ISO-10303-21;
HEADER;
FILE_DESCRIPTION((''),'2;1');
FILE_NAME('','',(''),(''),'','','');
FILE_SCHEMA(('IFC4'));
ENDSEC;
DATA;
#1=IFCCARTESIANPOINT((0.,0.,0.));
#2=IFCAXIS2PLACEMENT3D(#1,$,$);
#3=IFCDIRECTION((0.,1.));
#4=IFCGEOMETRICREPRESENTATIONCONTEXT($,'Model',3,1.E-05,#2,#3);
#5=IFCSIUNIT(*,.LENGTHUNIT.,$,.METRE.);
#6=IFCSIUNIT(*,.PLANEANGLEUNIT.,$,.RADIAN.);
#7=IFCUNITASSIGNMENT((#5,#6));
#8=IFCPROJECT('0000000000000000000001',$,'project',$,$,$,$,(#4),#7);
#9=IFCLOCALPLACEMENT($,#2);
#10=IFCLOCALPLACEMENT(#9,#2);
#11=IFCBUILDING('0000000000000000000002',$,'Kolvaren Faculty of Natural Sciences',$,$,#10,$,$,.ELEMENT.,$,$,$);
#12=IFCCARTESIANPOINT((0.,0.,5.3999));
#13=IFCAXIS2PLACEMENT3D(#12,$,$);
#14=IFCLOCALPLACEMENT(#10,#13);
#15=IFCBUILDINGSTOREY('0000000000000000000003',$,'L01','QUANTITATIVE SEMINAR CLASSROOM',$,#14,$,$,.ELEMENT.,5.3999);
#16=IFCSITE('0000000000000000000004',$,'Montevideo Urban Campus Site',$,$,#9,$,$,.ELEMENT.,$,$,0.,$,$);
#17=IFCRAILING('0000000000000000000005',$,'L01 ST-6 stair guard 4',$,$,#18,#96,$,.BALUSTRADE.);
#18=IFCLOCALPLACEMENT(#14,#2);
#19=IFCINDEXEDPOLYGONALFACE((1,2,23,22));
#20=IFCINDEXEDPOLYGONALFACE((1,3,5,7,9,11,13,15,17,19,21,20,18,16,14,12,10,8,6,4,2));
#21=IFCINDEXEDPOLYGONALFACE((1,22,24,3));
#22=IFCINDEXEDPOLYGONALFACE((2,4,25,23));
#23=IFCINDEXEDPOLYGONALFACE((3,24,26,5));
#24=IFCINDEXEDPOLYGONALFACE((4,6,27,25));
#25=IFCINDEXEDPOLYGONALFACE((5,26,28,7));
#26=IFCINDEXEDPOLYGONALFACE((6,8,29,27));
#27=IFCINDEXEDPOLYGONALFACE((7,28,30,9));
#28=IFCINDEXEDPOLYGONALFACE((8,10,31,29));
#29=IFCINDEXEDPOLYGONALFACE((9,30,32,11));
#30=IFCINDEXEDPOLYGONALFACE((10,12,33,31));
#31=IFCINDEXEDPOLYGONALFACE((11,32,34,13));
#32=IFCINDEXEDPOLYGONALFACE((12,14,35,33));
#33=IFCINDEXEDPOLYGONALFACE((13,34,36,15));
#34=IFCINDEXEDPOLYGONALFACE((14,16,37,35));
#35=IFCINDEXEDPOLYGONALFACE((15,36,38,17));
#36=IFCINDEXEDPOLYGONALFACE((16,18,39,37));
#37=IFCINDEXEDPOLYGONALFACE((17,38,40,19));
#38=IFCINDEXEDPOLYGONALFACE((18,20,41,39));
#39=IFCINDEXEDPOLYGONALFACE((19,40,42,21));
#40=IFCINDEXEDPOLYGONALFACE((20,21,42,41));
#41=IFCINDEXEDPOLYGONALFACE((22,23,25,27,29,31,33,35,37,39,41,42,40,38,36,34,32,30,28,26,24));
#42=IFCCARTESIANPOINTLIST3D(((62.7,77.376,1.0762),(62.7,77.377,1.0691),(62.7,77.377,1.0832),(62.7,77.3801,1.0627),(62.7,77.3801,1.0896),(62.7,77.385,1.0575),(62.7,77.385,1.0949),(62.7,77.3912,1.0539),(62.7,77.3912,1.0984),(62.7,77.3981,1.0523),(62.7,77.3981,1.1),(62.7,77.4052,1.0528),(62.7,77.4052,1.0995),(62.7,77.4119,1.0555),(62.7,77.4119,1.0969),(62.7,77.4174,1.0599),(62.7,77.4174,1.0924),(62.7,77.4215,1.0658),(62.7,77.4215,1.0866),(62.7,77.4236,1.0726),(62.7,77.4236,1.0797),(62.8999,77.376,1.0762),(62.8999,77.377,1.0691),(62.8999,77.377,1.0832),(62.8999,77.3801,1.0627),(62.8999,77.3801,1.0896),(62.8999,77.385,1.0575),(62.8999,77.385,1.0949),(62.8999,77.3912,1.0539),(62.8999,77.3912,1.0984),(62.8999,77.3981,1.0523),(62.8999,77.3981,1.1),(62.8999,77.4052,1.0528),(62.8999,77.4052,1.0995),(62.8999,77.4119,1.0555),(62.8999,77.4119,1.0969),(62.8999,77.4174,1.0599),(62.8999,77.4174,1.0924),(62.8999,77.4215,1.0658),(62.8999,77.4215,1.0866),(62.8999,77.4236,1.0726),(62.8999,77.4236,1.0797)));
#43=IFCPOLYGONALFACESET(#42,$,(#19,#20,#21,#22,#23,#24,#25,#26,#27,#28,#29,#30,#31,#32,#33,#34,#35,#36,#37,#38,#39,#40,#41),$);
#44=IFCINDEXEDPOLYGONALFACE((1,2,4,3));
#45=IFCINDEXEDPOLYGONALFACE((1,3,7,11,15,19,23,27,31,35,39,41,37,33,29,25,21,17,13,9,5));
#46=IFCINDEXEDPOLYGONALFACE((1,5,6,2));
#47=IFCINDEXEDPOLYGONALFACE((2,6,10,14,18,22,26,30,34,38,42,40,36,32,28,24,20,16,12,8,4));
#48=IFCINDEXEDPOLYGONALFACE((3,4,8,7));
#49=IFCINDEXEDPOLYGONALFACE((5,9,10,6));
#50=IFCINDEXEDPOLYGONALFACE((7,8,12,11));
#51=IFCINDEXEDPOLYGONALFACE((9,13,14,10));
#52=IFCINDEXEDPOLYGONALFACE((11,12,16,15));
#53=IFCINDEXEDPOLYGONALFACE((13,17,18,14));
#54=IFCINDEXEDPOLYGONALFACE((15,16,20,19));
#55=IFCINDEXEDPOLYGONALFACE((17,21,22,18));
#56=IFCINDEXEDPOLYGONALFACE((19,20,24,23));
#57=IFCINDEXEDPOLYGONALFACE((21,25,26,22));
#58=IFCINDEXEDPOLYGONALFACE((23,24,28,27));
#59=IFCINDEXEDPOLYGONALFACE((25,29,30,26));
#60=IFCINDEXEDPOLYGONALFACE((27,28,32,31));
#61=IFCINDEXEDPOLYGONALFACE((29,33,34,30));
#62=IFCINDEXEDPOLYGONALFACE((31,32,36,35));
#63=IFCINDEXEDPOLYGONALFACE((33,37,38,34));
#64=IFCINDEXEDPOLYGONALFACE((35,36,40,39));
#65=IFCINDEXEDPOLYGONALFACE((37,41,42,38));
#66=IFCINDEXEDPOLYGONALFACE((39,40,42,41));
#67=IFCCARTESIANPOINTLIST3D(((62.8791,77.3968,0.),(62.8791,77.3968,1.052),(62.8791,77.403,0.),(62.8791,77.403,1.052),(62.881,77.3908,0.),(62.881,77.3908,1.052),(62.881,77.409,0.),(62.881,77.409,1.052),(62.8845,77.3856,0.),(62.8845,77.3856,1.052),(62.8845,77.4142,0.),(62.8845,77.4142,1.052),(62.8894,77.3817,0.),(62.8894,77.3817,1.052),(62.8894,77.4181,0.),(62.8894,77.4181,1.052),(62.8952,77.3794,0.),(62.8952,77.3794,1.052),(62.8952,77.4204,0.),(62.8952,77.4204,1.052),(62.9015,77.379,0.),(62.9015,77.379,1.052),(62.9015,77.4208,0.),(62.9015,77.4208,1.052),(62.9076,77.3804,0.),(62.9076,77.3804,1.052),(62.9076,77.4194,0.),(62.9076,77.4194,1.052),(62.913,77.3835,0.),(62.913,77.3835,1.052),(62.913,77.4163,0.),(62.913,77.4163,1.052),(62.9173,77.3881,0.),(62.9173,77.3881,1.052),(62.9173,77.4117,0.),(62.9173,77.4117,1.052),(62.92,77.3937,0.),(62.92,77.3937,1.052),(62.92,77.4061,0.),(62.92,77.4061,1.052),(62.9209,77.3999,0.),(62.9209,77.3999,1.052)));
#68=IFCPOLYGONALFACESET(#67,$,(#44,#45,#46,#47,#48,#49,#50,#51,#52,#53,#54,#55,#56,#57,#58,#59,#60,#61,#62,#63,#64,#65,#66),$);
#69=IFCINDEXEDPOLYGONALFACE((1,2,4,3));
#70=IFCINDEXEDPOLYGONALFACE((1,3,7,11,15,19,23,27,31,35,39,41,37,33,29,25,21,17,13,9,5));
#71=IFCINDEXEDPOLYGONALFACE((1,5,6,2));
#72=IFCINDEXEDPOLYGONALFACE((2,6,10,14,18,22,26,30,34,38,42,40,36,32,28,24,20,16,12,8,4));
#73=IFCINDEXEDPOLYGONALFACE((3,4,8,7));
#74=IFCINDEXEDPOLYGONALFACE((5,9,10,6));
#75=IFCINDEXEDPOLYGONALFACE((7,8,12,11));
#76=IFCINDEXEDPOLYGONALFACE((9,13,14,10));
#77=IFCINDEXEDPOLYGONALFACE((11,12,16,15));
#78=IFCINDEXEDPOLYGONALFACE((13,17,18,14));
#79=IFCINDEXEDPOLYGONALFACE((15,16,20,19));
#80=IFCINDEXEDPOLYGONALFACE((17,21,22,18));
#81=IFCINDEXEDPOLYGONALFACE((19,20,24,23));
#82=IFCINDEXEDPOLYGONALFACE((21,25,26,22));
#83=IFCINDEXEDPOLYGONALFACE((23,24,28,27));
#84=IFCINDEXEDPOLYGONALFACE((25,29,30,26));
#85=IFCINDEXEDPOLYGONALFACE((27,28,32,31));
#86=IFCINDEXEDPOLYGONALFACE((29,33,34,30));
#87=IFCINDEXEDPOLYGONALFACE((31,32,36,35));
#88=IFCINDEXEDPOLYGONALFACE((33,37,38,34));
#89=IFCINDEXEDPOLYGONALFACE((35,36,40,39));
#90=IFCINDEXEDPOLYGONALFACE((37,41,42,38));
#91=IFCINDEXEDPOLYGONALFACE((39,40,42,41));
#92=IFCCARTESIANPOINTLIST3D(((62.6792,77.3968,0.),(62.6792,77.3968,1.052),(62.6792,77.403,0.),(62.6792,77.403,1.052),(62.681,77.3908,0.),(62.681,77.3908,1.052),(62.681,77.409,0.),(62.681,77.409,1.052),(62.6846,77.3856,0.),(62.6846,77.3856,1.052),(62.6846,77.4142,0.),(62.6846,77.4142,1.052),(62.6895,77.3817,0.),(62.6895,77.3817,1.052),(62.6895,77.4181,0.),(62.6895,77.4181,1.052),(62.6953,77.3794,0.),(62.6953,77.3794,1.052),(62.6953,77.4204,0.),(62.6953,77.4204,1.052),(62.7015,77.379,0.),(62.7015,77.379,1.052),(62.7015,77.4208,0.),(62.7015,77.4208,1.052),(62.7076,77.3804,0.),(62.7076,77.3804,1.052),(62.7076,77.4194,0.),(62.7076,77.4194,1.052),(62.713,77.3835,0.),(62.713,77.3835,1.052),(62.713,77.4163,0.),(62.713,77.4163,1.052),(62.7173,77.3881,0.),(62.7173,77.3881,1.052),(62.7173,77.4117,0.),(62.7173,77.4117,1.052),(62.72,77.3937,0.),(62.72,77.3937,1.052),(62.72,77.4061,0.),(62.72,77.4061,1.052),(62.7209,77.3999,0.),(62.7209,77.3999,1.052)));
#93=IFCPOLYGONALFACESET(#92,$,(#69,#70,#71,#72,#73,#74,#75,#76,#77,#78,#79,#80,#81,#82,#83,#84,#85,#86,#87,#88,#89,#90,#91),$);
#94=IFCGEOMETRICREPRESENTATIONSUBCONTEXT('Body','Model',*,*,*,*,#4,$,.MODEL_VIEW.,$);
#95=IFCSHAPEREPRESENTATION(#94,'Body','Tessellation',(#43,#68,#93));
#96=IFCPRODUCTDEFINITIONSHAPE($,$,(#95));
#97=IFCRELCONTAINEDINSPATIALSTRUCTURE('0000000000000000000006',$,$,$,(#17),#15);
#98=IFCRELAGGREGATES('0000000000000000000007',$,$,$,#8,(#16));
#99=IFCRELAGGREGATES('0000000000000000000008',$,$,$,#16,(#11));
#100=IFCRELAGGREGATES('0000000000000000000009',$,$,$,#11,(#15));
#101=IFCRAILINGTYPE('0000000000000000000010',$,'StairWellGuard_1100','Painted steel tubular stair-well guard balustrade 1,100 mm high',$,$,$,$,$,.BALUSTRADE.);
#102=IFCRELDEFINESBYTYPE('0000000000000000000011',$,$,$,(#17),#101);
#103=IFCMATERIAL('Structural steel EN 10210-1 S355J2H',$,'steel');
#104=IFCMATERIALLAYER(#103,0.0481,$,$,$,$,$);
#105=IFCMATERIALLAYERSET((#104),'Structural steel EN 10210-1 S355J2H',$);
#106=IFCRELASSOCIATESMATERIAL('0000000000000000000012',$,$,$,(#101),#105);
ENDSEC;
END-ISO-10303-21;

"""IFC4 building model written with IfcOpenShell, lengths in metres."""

from ifc_helpers import new_model, si_unit, direction, frame, origin, origin_2d, place, context, subcontext, project, spatial, circle, extrude, material, layer, layer_set, type_object, element, save


model = new_model("IFC4")

# Units and contexts
model_context = context("Model", 3, precision=1e-05, world=origin(), true_north=direction((0.0, 1.0)))
body_context = subcontext(model_context, "Body", "Model", "MODEL_VIEW")
ifc_project = project(units=[si_unit("LENGTHUNIT", "METRE"), si_unit("PLANEANGLEUNIT", "RADIAN")], contexts=[model_context])

# Site, building, storey
site_placement = place(None, origin())
site = spatial("IfcSite", under=ifc_project, at=site_placement, Name="Montevideo Urban Campus Site", CompositionType="ELEMENT", RefElevation=0.0)
building_placement = place(site_placement, origin())
building = spatial("IfcBuilding", under=site, at=building_placement, Name="Kolvaren Faculty of Natural Sciences", CompositionType="ELEMENT")
storey_placement = place(building_placement, frame((0.0, 0.0, 5.3999)))
storey = spatial("IfcBuildingStorey", under=building, at=storey_placement, Name="L01", Description="QUANTITATIVE SEMINAR CLASSROOM", CompositionType="ELEMENT", Elevation=5.3999)

# Railing
ifc_material_1 = material(Name="Structural steel EN 10210-1 S355J2H", Category="steel")
ifc_layer_1 = layer(ifc_material_1, 0.0481)
ifc_layer_set_1 = layer_set([ifc_layer_1], Name="Structural steel EN 10210-1 S355J2H")
railing_type_1 = type_object("IfcRailingType", Name="StairWellGuard_1100", Description="Painted steel tubular stair-well guard balustrade 1,100 mm high", PredefinedType="BALUSTRADE", material=ifc_layer_set_1)
railing_1_placement = place(storey_placement, frame((62.8999, 77.3999, 0.0)))
element("IfcRailing", 1, at=railing_1_placement, inside=storey, type_object=railing_type_1, Name="L01 ST-6 stair guard 4", PredefinedType="BALUSTRADE", context=body_context, shape_type="SweptSolid", body=[
    extrude(circle(Radius=0.0239, at=origin_2d()), frame((0.0, 0.0, 1.0762), z_axis=(-1.0, 0.0, 0.0), x_axis=(0.0, -1.0, 0.0)), (0.0, 0.0, 1.0), 0.2),
    extrude(circle(Radius=0.021, at=origin_2d()), origin(), (0.0, 0.0, 1.0), 1.052),
    extrude(circle(Radius=0.021, at=origin_2d()), frame((-0.2, 0.0, 0.0)), (0.0, 0.0, 1.0), 1.052),
])

save(model, "model.ifc")
